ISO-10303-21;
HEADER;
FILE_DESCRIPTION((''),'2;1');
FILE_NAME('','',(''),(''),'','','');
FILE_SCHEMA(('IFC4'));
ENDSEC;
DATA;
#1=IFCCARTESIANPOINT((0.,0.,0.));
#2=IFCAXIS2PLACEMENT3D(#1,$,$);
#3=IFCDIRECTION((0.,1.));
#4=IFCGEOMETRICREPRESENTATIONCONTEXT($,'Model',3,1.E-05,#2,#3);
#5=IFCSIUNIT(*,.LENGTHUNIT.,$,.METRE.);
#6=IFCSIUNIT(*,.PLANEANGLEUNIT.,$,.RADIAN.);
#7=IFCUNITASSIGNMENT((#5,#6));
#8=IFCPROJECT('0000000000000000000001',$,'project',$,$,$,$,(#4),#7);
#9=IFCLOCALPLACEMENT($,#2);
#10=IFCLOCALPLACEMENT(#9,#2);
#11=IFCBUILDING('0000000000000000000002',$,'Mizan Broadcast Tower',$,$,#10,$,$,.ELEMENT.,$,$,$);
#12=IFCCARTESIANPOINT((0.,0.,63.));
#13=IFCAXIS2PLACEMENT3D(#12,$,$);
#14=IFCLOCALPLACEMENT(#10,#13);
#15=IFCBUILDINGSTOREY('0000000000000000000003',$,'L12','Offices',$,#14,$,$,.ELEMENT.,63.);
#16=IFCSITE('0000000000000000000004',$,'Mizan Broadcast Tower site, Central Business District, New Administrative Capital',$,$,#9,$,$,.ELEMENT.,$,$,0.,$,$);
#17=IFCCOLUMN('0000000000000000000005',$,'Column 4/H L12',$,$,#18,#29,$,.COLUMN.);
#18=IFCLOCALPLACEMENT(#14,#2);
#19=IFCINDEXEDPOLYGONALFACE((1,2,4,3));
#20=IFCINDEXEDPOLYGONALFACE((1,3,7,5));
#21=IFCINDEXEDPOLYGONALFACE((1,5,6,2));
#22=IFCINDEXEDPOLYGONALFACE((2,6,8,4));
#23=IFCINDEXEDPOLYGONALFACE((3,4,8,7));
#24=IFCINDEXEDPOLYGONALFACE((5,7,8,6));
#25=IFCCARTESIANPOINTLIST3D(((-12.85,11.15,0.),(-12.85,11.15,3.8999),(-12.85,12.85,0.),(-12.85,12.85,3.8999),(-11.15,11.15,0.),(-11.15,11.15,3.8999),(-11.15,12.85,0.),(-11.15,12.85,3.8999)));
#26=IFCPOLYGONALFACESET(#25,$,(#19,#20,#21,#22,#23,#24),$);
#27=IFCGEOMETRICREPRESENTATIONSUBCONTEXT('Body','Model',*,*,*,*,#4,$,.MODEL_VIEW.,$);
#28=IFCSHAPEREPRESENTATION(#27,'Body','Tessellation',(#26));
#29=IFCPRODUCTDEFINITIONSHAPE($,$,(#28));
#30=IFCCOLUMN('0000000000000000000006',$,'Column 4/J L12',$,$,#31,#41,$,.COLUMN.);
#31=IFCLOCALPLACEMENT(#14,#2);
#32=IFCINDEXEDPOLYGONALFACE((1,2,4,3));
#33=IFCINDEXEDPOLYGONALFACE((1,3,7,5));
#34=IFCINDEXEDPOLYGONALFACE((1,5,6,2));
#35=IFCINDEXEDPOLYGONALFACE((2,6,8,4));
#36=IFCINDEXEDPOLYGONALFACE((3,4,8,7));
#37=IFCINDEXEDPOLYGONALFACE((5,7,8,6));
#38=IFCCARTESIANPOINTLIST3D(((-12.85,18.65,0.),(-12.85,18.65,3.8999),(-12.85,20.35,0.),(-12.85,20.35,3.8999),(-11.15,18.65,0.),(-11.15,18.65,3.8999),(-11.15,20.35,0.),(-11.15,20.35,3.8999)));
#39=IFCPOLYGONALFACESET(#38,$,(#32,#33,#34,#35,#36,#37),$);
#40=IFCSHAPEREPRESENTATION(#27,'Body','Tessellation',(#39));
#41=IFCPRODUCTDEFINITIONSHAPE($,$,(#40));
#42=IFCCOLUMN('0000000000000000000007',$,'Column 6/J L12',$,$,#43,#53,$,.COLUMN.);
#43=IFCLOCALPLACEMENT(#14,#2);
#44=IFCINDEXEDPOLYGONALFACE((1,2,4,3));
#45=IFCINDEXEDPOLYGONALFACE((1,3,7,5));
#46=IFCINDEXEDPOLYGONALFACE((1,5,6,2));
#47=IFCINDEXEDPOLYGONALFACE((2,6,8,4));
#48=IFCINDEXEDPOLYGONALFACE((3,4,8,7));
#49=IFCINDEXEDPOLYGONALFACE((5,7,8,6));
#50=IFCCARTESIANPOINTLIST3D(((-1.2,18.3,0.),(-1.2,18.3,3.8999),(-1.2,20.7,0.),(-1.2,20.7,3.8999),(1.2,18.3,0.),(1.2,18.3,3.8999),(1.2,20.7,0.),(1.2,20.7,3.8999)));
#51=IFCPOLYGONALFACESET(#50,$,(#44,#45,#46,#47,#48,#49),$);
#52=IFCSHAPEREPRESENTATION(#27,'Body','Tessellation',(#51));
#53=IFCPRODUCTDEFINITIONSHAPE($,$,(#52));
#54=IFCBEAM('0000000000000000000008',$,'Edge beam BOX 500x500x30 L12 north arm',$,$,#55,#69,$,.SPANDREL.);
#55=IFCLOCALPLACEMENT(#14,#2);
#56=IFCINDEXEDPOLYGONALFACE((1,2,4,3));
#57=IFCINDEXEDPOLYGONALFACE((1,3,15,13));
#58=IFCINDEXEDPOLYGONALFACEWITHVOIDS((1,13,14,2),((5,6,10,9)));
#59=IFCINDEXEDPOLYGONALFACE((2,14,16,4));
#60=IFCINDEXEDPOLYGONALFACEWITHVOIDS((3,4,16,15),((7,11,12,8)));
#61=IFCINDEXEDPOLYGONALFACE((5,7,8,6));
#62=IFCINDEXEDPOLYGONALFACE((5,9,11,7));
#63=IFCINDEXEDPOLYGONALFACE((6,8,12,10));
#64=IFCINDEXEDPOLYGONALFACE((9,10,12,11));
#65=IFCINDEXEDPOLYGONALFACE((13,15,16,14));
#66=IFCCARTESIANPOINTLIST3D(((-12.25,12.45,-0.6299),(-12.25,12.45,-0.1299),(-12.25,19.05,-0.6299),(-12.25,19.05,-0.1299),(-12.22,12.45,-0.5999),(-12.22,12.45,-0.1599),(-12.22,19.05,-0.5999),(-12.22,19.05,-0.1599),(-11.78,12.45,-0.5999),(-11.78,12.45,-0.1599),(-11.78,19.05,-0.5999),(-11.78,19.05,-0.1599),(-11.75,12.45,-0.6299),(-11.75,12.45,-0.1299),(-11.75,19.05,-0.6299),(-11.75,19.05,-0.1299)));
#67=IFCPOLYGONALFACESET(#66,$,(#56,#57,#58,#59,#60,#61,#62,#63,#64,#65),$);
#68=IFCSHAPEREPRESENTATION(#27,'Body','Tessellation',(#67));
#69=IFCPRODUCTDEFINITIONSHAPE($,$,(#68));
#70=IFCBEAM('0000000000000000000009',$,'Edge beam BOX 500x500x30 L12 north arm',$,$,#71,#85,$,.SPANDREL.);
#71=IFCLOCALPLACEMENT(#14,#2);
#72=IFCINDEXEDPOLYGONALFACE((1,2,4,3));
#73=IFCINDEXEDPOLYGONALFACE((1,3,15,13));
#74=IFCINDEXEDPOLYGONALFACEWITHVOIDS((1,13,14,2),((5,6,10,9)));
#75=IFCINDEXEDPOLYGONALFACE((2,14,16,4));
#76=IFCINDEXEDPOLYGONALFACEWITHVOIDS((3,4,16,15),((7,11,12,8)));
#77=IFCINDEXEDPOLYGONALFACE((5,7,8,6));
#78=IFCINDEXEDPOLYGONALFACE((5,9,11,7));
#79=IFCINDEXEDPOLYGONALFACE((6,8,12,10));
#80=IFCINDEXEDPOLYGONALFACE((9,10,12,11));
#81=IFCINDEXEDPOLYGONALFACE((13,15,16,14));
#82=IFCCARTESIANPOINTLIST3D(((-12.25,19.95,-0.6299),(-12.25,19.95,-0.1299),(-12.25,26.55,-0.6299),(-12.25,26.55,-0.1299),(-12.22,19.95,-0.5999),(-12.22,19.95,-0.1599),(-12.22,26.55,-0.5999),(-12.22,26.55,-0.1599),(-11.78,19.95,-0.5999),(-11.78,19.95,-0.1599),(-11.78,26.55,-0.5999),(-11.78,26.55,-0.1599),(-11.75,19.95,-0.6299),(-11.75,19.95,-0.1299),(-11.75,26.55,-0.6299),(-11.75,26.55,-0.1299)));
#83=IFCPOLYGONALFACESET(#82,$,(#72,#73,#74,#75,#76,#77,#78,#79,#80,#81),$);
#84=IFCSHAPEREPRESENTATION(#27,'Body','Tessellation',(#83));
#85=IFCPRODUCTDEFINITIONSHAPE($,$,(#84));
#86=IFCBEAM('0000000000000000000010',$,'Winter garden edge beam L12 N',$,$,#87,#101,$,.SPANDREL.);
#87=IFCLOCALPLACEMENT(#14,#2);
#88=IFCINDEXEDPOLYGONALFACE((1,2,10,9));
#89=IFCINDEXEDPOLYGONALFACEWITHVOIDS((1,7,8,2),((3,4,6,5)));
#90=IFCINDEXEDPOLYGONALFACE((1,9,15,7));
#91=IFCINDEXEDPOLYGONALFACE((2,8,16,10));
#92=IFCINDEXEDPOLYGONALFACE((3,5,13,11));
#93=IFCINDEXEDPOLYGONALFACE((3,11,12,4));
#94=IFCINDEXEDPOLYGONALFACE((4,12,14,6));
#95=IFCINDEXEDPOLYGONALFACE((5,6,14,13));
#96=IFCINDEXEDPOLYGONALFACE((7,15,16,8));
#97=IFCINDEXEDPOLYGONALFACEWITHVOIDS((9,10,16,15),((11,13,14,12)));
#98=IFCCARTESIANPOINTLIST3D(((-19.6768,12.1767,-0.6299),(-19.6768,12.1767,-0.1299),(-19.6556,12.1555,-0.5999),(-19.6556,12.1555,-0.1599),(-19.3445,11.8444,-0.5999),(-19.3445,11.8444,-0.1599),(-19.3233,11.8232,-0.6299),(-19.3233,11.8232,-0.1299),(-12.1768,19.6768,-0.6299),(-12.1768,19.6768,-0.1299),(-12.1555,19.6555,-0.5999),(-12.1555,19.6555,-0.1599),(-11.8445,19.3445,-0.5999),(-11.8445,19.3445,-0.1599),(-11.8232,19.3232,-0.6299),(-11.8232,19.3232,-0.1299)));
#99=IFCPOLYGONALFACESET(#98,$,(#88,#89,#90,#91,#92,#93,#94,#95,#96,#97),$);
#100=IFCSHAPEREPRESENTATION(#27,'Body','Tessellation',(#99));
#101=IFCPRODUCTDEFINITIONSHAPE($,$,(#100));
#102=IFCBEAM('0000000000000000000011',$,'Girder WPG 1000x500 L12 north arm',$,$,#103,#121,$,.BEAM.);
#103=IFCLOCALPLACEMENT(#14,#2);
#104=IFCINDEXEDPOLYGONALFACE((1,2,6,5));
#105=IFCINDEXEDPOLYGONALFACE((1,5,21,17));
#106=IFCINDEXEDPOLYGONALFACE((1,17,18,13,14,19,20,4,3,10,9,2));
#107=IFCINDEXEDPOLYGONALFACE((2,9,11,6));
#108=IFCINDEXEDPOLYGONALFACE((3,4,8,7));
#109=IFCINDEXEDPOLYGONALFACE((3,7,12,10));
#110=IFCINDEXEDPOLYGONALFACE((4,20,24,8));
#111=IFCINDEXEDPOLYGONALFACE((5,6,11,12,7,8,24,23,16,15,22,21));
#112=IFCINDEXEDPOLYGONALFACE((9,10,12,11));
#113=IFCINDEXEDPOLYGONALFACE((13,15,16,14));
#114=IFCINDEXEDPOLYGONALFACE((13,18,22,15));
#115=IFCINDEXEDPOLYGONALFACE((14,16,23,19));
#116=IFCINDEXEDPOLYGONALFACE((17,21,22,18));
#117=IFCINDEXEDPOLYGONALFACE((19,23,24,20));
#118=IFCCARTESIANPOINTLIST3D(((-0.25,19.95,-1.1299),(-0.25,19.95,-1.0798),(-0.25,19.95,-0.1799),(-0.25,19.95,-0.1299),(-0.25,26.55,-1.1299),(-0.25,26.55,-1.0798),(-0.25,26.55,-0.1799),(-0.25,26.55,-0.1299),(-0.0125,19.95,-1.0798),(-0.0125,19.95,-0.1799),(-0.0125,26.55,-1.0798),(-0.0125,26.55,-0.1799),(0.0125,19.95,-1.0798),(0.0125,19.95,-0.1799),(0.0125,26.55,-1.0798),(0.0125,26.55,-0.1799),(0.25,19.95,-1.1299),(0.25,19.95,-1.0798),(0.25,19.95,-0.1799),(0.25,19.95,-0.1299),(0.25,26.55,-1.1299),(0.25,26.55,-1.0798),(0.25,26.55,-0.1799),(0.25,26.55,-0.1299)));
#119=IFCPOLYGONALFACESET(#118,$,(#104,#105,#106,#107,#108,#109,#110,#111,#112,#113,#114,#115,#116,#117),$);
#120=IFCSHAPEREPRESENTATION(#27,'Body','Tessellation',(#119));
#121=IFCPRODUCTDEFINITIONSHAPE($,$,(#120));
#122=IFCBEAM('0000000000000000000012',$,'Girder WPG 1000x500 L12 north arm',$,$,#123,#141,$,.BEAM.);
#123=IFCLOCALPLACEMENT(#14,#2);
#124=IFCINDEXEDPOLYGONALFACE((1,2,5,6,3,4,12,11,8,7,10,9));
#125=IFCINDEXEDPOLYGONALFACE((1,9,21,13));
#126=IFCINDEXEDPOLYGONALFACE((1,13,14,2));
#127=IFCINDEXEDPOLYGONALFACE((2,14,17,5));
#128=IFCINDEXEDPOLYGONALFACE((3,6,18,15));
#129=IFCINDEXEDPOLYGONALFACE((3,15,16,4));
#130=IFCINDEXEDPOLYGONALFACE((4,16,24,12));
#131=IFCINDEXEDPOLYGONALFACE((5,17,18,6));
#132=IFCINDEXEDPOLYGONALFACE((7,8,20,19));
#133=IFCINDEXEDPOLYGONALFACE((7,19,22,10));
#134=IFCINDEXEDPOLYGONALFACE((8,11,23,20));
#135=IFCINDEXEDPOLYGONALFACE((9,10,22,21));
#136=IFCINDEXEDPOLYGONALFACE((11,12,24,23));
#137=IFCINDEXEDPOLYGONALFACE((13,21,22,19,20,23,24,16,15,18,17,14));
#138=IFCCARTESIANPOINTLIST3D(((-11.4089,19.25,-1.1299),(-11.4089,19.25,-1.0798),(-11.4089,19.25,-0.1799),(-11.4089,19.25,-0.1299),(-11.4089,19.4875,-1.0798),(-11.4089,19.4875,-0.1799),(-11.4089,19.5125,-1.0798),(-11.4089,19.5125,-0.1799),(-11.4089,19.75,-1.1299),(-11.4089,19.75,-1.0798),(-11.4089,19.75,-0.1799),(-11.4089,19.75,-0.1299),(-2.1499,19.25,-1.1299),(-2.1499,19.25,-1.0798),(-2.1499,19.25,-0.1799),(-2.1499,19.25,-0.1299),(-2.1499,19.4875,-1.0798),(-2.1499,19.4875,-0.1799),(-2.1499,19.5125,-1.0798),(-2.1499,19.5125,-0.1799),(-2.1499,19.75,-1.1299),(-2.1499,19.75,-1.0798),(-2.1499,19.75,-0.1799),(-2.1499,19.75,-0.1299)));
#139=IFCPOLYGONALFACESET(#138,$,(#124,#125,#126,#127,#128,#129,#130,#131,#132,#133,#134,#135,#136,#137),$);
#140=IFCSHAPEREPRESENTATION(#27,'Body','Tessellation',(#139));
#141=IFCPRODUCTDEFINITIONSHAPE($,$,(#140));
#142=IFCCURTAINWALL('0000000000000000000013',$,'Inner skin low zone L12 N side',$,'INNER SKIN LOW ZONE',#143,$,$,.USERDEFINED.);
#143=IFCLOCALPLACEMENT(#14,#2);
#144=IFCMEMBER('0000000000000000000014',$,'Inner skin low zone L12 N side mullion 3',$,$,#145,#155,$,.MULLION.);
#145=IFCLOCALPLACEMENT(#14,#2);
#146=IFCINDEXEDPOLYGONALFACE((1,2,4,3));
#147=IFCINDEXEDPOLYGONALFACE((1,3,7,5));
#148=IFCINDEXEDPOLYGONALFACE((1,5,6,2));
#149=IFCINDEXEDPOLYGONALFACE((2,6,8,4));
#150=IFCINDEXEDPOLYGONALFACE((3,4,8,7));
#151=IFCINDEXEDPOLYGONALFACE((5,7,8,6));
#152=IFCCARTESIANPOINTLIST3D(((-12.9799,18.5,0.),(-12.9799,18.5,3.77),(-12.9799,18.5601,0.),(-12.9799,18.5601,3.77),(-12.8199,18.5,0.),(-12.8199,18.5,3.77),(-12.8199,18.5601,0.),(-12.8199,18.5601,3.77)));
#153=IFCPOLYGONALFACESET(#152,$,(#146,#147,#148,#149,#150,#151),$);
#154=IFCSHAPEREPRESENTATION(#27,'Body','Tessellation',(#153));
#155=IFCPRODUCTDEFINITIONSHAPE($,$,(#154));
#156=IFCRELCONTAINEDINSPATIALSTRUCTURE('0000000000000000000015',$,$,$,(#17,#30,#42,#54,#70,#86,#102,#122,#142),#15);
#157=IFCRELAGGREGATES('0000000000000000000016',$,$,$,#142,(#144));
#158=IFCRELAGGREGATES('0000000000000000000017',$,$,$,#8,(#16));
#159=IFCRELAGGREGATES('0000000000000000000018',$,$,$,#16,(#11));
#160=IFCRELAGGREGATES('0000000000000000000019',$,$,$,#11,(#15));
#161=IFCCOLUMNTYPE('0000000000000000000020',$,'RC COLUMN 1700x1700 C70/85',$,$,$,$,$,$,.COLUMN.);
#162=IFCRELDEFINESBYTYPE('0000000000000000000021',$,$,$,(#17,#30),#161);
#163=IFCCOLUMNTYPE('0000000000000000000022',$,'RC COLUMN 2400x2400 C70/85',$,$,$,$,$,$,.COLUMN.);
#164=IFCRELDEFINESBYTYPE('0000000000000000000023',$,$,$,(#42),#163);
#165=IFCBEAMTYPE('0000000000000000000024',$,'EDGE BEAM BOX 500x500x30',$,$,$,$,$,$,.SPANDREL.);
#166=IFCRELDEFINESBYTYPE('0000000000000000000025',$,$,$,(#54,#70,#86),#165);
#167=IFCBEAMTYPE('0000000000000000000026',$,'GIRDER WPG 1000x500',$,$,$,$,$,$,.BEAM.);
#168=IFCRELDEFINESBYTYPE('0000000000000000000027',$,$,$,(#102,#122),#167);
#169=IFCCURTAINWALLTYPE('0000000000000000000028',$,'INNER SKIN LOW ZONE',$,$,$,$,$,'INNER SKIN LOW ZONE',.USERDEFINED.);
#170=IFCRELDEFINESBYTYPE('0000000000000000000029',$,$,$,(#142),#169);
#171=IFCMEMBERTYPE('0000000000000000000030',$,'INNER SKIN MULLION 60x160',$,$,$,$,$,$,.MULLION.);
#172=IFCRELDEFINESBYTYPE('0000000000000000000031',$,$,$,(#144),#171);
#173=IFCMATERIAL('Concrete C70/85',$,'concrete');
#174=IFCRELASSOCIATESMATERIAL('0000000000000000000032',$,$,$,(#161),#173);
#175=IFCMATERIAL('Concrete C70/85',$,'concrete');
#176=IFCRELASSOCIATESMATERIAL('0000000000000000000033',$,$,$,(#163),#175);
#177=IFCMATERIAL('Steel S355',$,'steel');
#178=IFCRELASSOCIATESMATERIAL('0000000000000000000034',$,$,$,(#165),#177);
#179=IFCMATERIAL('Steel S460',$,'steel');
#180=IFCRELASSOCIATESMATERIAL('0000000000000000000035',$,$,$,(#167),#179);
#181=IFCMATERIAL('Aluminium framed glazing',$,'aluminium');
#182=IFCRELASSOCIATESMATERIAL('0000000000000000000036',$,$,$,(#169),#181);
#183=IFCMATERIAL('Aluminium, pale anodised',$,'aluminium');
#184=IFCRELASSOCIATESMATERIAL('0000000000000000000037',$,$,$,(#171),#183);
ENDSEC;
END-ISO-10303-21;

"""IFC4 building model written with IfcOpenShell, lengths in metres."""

from ifc_helpers import new_model, si_unit, direction, frame, origin, origin_2d, place, context, subcontext, project, spatial, rectangle, hollow_rectangle, i_section, extrude, material, material_profile, profile_set, type_object, element, aggregate, save


model = new_model("IFC4")

# Units and contexts
model_context = context("Model", 3, precision=1e-05, world=origin(), true_north=direction((0.0, 1.0)))
body_context = subcontext(model_context, "Body", "Model", "MODEL_VIEW")
ifc_project = project(units=[si_unit("LENGTHUNIT", "METRE"), si_unit("PLANEANGLEUNIT", "RADIAN")], contexts=[model_context])

# Site, building, storey
site_placement = place(None, origin())
site = spatial("IfcSite", under=ifc_project, at=site_placement, Name="Mizan Broadcast Tower site, Central Business District, New Administrative Capital", CompositionType="ELEMENT", RefElevation=0.0)
building_placement = place(site_placement, origin())
building = spatial("IfcBuilding", under=site, at=building_placement, Name="Mizan Broadcast Tower", CompositionType="ELEMENT")
storey_placement = place(building_placement, frame((0.0, 0.0, 63.0)))
storey = spatial("IfcBuildingStorey", under=building, at=storey_placement, Name="L12", Description="Offices", CompositionType="ELEMENT", Elevation=63.0)

# Columns
ifc_material_1 = material(Name="Concrete C70/85", Category="concrete")
ifc_material_profile_1 = material_profile(ifc_material_1, rectangle(XDim=1.7, YDim=1.7, at=origin_2d()), Name="RC 1700x1700")
ifc_profile_set_1 = profile_set([ifc_material_profile_1], Name="Concrete C70/85")
column_type_1 = type_object("IfcColumnType", Name="RC COLUMN 1700x1700 C70/85", PredefinedType="COLUMN", material=ifc_profile_set_1)
for number, where, z_axis, x_axis, name in (
    (1, (-12.0, 12.0, 0.0), (0.0, 0.0, 1.0), (1.0, 0.0, 0.0), "Column 4/H L12"),
    (2, (-12.0, 19.5, 0.0), (0.0, 0.0, 1.0), (1.0, 0.0, 0.0), "Column 4/J L12"),
):
    element("IfcColumn", number, at=place(storey_placement, frame(where, z_axis=z_axis, x_axis=x_axis)), inside=storey, type_object=column_type_1, Name=name, PredefinedType="COLUMN", context=body_context, shape_type="SweptSolid", body=[
        extrude(rectangle(XDim=1.7, YDim=1.7, at=origin_2d()), origin(), (0.0, 0.0, 1.0), 3.8999),
    ])
ifc_material_2 = material(Name="Concrete C70/85", Category="concrete")
ifc_material_profile_2 = material_profile(ifc_material_2, rectangle(XDim=2.3999, YDim=2.3999, at=origin_2d()), Name="RC 2400x2400")
ifc_profile_set_2 = profile_set([ifc_material_profile_2], Name="Concrete C70/85")
column_type_2 = type_object("IfcColumnType", Name="RC COLUMN 2400x2400 C70/85", PredefinedType="COLUMN", material=ifc_profile_set_2)
column_placement = place(storey_placement, frame((0.0, 19.5, 0.0), z_axis=(0.0, 0.0, 1.0), x_axis=(1.0, 0.0, 0.0)))
element("IfcColumn", 3, at=column_placement, inside=storey, type_object=column_type_2, Name="Column 6/J L12", PredefinedType="COLUMN", context=body_context, shape_type="SweptSolid", body=[
    extrude(rectangle(XDim=2.3999, YDim=2.3999, at=origin_2d()), origin(), (0.0, 0.0, 1.0), 3.8999),
])

# Beams
ifc_material_3 = material(Name="Steel S355", Category="steel")
ifc_material_profile_3 = material_profile(ifc_material_3, hollow_rectangle(XDim=0.5, YDim=0.5, WallThickness=0.03, at=origin_2d()), Name="BOX 500x500x30")
ifc_profile_set_3 = profile_set([ifc_material_profile_3], Name="Steel S355")
beam_type_1 = type_object("IfcBeamType", Name="EDGE BEAM BOX 500x500x30", PredefinedType="SPANDREL", material=ifc_profile_set_3)
for number, where, z_axis, x_axis, name in (
    (4, (-12.0, 12.45, -0.3799), (0.0, 1.0, 0.0), (-1.0, 0.0, 0.0), "Edge beam BOX 500x500x30 L12 north arm"),
    (5, (-12.0, 19.95, -0.3799), (0.0, 1.0, 0.0), (-1.0, 0.0, 0.0), "Edge beam BOX 500x500x30 L12 north arm"),
):
    element("IfcBeam", number, at=place(storey_placement, frame(where, z_axis=z_axis, x_axis=x_axis)), inside=storey, type_object=beam_type_1, Name=name, PredefinedType="SPANDREL", context=body_context, shape_type="SweptSolid", body=[
        extrude(hollow_rectangle(XDim=0.5, YDim=0.5, WallThickness=0.03, at=origin_2d()), origin(), (0.0, 0.0, 1.0), 6.6001),
    ])
beam_1_placement = place(storey_placement, frame((-12.0, 19.5, -0.3799), z_axis=(-0.707107, -0.707107, 0.0), x_axis=(0.707107, -0.707107, 0.0)))
element("IfcBeam", 6, at=beam_1_placement, inside=storey, type_object=beam_type_1, Name="Winter garden edge beam L12 N", PredefinedType="SPANDREL", context=body_context, shape_type="SweptSolid", body=[
    extrude(hollow_rectangle(XDim=0.5, YDim=0.5, WallThickness=0.03, at=origin_2d()), origin(), (0.0, 0.0, 1.0), 10.6067),
])
ifc_material_4 = material(Name="Steel S460", Category="steel")
ifc_material_profile_4 = material_profile(ifc_material_4, i_section(OverallWidth=0.5, OverallDepth=1.0, WebThickness=0.0249, FlangeThickness=0.05, at=origin_2d()), Name="WPG 1000x500")
ifc_profile_set_4 = profile_set([ifc_material_profile_4], Name="Steel S460")
beam_type_2 = type_object("IfcBeamType", Name="GIRDER WPG 1000x500", PredefinedType="BEAM", material=ifc_profile_set_4)
beam_2_placement = place(storey_placement, frame((0.0, 19.95, -0.6299), z_axis=(0.0, 1.0, 0.0), x_axis=(-1.0, 0.0, 0.0)))
element("IfcBeam", 7, at=beam_2_placement, inside=storey, type_object=beam_type_2, Name="Girder WPG 1000x500 L12 north arm", PredefinedType="BEAM", context=body_context, shape_type="SweptSolid", body=[
    extrude(i_section(OverallWidth=0.5, OverallDepth=1.0, WebThickness=0.0249, FlangeThickness=0.05, at=origin_2d()), origin(), (0.0, 0.0, 1.0), 6.6001),
])
beam_3_placement = place(storey_placement, frame((-11.4089, 19.5, -0.6299), z_axis=(1.0, 0.0, 0.0), x_axis=(0.0, 1.0, 0.0)))
element("IfcBeam", 8, at=beam_3_placement, inside=storey, type_object=beam_type_2, Name="Girder WPG 1000x500 L12 north arm", PredefinedType="BEAM", context=body_context, shape_type="SweptSolid", body=[
    extrude(i_section(OverallWidth=0.5, OverallDepth=1.0, WebThickness=0.0249, FlangeThickness=0.05, at=origin_2d()), origin(), (0.0, 0.0, 1.0), 9.259),
])

# Curtain wall, member
ifc_material_5 = material(Name="Aluminium framed glazing", Category="aluminium")
curtain_wall_type = type_object("IfcCurtainWallType", Name="INNER SKIN LOW ZONE", ElementType="INNER SKIN LOW ZONE", PredefinedType="USERDEFINED", material=ifc_material_5)
curtain_wall_placement = place(storey_placement, origin())
curtain_wall = element("IfcCurtainWall", 9, at=curtain_wall_placement, inside=storey, type_object=curtain_wall_type, Name="Inner skin low zone L12 N side", ObjectType="INNER SKIN LOW ZONE", PredefinedType="USERDEFINED")
ifc_material_6 = material(Name="Aluminium, pale anodised", Category="aluminium")
ifc_material_profile_5 = material_profile(ifc_material_6, rectangle(XDim=0.1599, YDim=0.0601, at=origin_2d()), Name="MULLION 160x60")
ifc_profile_set_5 = profile_set([ifc_material_profile_5], Name="Aluminium, pale anodised")
member_type = type_object("IfcMemberType", Name="INNER SKIN MULLION 60x160", PredefinedType="MULLION", material=ifc_profile_set_5)
member_placement = place(storey_placement, frame((-12.8999, 18.53, 0.0), z_axis=(0.0, 0.0, 1.0), x_axis=(1.0, 0.0, 0.0)))
member = element("IfcMember", 10, at=member_placement, type_object=member_type, Name="Inner skin low zone L12 N side mullion 3", PredefinedType="MULLION", context=body_context, shape_type="SweptSolid", body=[
    extrude(rectangle(XDim=0.1599, YDim=0.0601, at=origin_2d()), origin(), (0.0, 0.0, 1.0), 3.77),
])

aggregate(curtain_wall, [member])

save(model, "model.ifc")
